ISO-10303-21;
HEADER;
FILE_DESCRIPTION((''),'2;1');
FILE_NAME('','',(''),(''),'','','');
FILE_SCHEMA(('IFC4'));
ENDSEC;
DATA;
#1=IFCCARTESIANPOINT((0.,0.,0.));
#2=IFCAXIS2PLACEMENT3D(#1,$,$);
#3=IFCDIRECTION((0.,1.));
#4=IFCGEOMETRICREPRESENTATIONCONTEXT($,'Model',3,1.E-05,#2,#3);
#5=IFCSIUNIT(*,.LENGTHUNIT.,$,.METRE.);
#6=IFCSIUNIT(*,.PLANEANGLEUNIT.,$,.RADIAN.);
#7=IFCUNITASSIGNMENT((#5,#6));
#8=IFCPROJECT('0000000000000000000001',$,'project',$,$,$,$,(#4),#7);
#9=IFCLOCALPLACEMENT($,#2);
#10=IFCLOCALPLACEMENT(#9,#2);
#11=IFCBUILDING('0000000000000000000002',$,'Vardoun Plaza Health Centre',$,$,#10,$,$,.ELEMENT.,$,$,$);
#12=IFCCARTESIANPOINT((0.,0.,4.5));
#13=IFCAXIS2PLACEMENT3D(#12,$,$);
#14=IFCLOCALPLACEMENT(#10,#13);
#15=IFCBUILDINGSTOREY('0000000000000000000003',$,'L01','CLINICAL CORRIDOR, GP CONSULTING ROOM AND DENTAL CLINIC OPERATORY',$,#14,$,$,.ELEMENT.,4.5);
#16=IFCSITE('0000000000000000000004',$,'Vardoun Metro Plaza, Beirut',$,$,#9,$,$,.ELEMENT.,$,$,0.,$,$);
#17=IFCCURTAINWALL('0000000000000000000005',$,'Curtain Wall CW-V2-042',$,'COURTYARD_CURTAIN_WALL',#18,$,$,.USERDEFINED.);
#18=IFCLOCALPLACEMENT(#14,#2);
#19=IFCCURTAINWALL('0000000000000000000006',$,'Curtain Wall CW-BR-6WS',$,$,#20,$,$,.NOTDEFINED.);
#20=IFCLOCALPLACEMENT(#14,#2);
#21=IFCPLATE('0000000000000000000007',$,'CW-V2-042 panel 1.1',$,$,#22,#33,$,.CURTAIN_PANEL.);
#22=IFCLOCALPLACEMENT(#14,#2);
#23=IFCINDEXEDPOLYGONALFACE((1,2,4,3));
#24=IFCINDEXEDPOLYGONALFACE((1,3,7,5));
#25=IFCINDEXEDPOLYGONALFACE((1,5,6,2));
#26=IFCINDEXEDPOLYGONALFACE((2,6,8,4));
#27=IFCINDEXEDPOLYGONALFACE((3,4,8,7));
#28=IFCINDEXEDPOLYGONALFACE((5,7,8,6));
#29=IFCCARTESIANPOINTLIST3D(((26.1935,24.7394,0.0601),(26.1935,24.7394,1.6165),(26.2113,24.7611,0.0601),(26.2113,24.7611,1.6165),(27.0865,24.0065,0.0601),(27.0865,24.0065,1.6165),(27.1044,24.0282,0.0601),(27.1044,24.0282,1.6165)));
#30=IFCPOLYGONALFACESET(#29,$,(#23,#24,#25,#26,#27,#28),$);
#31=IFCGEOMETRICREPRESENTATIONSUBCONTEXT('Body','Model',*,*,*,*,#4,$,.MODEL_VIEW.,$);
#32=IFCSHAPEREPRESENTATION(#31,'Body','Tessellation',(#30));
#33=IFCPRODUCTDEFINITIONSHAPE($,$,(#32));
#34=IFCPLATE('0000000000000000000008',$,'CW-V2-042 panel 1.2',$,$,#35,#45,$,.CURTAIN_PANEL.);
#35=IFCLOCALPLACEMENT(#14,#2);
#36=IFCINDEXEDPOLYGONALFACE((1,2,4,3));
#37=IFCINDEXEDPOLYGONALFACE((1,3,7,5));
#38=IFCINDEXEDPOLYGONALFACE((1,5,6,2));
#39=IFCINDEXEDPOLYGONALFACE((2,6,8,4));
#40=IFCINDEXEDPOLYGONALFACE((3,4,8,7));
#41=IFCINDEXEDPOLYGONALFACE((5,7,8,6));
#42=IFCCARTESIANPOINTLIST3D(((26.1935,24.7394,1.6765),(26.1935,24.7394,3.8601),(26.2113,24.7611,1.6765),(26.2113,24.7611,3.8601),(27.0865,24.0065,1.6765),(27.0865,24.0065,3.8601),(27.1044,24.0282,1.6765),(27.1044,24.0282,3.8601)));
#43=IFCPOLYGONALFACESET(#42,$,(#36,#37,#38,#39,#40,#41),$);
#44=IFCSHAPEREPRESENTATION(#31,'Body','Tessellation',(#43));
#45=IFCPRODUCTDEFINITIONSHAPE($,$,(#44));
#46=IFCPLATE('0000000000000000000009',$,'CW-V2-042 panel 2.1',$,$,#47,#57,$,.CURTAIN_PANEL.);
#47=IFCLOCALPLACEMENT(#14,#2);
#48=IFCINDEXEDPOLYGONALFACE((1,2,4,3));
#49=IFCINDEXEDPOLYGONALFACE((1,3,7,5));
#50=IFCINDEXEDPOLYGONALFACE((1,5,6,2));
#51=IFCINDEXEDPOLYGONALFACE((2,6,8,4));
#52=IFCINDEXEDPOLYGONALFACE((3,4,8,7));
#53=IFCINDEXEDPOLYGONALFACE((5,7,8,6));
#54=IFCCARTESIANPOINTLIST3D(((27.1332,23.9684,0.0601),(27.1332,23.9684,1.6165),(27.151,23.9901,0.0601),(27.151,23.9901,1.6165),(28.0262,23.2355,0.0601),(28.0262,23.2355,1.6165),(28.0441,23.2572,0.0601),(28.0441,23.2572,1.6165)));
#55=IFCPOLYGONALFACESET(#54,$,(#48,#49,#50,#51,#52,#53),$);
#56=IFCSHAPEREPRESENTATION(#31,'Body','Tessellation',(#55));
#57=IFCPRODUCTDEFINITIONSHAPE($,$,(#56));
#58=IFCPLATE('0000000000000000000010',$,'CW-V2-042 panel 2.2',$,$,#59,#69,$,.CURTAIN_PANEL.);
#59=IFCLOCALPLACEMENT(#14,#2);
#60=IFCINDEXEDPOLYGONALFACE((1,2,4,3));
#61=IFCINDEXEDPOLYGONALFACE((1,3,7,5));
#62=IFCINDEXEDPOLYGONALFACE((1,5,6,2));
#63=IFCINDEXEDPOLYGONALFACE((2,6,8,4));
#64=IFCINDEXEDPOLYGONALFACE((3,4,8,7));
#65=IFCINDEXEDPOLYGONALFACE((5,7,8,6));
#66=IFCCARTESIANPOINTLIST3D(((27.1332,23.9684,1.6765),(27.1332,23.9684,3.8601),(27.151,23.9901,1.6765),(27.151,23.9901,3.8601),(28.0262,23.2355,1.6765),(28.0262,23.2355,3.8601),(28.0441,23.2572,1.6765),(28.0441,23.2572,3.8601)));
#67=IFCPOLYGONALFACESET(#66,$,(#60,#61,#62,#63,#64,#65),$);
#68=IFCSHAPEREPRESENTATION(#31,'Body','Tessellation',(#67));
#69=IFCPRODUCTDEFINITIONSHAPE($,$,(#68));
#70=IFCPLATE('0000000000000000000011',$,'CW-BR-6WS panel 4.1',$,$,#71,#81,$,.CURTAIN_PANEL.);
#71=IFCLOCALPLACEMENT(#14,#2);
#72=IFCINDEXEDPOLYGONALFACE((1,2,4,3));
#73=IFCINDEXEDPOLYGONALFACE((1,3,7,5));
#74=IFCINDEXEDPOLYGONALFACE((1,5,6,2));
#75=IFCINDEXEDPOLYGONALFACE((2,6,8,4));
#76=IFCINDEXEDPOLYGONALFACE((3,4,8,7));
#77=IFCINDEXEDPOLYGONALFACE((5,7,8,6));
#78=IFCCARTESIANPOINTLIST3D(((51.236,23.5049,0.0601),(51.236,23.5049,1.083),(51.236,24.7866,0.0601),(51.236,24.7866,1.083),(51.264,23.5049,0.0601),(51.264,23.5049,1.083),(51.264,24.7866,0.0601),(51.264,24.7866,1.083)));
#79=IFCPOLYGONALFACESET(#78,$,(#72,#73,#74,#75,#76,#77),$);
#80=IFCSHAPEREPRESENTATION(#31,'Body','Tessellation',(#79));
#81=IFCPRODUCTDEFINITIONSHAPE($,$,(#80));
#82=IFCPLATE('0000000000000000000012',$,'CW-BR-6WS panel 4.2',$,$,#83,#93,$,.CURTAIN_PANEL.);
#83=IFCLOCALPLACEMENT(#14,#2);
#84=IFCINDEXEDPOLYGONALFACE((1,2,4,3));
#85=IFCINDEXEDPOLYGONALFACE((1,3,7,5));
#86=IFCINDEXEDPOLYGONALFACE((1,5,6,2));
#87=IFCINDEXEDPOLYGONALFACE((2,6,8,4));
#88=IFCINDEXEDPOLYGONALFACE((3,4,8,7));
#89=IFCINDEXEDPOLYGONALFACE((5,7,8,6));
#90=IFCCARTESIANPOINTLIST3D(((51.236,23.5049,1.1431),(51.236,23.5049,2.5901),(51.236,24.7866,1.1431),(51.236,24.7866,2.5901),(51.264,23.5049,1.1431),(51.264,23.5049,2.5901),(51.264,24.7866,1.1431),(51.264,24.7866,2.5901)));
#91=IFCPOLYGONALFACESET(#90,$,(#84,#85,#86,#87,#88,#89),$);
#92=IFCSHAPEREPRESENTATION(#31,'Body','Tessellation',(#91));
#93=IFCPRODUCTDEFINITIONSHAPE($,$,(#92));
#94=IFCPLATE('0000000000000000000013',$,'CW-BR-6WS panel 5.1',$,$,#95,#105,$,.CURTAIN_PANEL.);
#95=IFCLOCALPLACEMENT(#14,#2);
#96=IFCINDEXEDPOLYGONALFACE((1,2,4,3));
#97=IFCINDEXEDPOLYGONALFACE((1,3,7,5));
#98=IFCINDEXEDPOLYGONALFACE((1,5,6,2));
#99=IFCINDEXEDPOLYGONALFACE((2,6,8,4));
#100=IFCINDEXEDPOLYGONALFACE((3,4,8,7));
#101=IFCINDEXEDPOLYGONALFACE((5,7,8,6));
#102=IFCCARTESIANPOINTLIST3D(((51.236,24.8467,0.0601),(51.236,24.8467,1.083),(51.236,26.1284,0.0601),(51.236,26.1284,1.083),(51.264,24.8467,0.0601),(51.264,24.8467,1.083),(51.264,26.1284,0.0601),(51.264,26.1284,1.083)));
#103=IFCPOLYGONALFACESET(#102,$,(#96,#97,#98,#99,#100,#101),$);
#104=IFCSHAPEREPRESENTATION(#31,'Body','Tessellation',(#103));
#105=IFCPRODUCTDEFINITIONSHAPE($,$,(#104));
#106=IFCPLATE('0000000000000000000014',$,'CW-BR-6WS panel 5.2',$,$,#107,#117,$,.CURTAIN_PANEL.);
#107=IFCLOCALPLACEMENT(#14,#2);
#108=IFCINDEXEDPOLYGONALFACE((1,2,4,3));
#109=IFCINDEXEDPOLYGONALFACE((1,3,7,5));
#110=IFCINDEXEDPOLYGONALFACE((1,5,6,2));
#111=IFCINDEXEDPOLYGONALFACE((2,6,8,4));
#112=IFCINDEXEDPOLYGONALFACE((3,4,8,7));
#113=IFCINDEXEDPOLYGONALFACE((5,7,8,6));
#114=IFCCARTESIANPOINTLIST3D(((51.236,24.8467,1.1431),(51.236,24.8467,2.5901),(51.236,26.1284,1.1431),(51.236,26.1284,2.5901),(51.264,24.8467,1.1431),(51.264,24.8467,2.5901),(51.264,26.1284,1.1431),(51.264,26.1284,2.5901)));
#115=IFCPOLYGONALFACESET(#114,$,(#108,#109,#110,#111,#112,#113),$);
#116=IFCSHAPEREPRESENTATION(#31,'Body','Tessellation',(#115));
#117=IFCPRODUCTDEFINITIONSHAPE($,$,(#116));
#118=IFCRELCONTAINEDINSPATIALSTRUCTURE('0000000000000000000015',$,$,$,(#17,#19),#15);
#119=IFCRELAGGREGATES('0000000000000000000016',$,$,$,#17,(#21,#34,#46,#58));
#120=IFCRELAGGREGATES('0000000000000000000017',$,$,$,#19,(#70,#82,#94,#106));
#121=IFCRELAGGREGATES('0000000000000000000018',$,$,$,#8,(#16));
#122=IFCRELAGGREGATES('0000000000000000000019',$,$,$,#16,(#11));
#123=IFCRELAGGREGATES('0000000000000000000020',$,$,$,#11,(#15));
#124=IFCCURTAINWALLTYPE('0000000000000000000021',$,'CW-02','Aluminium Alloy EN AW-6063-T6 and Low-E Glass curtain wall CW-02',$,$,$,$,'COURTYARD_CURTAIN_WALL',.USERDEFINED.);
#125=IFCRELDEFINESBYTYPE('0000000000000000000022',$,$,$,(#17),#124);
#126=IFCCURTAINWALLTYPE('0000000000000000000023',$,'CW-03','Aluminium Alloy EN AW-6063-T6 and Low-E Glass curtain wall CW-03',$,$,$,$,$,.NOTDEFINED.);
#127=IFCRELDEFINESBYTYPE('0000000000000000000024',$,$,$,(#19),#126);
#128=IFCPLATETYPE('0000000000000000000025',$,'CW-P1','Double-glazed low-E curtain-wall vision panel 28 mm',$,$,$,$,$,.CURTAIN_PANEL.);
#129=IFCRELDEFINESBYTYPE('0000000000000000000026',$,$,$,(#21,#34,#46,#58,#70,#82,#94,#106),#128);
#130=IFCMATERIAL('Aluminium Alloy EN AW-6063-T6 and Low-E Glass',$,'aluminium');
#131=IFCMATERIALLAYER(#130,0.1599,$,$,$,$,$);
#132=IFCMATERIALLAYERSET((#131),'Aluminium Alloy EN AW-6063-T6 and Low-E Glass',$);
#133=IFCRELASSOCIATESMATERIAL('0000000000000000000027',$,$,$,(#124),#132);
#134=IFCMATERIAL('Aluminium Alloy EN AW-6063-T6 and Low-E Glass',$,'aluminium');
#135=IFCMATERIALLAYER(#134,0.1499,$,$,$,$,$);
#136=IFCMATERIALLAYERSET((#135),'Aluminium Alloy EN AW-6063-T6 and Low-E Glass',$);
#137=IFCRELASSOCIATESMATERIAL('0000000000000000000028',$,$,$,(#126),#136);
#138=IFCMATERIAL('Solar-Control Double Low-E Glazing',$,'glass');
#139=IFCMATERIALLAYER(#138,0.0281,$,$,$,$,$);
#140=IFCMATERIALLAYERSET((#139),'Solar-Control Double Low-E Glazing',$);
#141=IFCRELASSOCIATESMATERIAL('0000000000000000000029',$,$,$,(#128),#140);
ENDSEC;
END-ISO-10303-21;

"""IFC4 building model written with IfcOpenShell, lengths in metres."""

from ifc_helpers import new_model, si_unit, direction, frame, origin, origin_2d, place, context, subcontext, project, spatial, rectangle, extrude, material, layer, layer_set, type_object, element, aggregate, save


model = new_model("IFC4")

# Units and contexts
model_context = context("Model", 3, precision=1e-05, world=origin(), true_north=direction((0.0, 1.0)))
body_context = subcontext(model_context, "Body", "Model", "MODEL_VIEW")
ifc_project = project(units=[si_unit("LENGTHUNIT", "METRE"), si_unit("PLANEANGLEUNIT", "RADIAN")], contexts=[model_context])

# Site, building, storey
site_placement = place(None, origin())
site = spatial("IfcSite", under=ifc_project, at=site_placement, Name="Vardoun Metro Plaza, Beirut", CompositionType="ELEMENT", RefElevation=0.0)
building_placement = place(site_placement, origin())
building = spatial("IfcBuilding", under=site, at=building_placement, Name="Vardoun Plaza Health Centre", CompositionType="ELEMENT")
storey_placement = place(building_placement, frame((0.0, 0.0, 4.5)))
storey = spatial("IfcBuildingStorey", under=building, at=storey_placement, Name="L01", Description="CLINICAL CORRIDOR, GP CONSULTING ROOM AND DENTAL CLINIC OPERATORY", CompositionType="ELEMENT", Elevation=4.5)

# Curtain wall
ifc_material_1 = material(Name="Aluminium Alloy EN AW-6063-T6 and Low-E Glass", Category="aluminium")
ifc_layer_1 = layer(ifc_material_1, 0.1599)
ifc_layer_set_1 = layer_set([ifc_layer_1], Name="Aluminium Alloy EN AW-6063-T6 and Low-E Glass")
curtain_wall_type_1 = type_object("IfcCurtainWallType", Name="CW-02", Description="Aluminium Alloy EN AW-6063-T6 and Low-E Glass curtain wall CW-02", ElementType="COURTYARD_CURTAIN_WALL", PredefinedType="USERDEFINED", material=ifc_layer_set_1)
curtain_wall_1_placement = place(storey_placement, origin())
curtain_wall_1 = element("IfcCurtainWall", 1, at=curtain_wall_1_placement, inside=storey, type_object=curtain_wall_type_1, Name="Curtain Wall CW-V2-042", ObjectType="COURTYARD_CURTAIN_WALL", PredefinedType="USERDEFINED")

# Curtain wall
ifc_material_2 = material(Name="Aluminium Alloy EN AW-6063-T6 and Low-E Glass", Category="aluminium")
ifc_layer_2 = layer(ifc_material_2, 0.1499)
ifc_layer_set_2 = layer_set([ifc_layer_2], Name="Aluminium Alloy EN AW-6063-T6 and Low-E Glass")
curtain_wall_type_2 = type_object("IfcCurtainWallType", Name="CW-03", Description="Aluminium Alloy EN AW-6063-T6 and Low-E Glass curtain wall CW-03", PredefinedType="NOTDEFINED", material=ifc_layer_set_2)
curtain_wall_2_placement = place(storey_placement, origin())
curtain_wall_2 = element("IfcCurtainWall", 2, at=curtain_wall_2_placement, inside=storey, type_object=curtain_wall_type_2, Name="Curtain Wall CW-BR-6WS", PredefinedType="NOTDEFINED")

# Plates
ifc_material_3 = material(Name="Solar-Control Double Low-E Glazing", Category="glass")
ifc_layer_3 = layer(ifc_material_3, 0.0281)
ifc_layer_set_3 = layer_set([ifc_layer_3], Name="Solar-Control Double Low-E Glazing")
plate_type = type_object("IfcPlateType", Name="CW-P1", Description="Double-glazed low-E curtain-wall vision panel 28 mm", PredefinedType="CURTAIN_PANEL", material=ifc_layer_set_3)
plate_1_placement = place(storey_placement, frame((26.6489, 24.3838, 0.0601), z_axis=(0.0, 0.0, 1.0), x_axis=(0.773017, -0.634385, 0.0)))
plate_1 = element("IfcPlate", 3, at=plate_1_placement, type_object=plate_type, Name="CW-V2-042 panel 1.1", PredefinedType="CURTAIN_PANEL", context=body_context, shape_type="SweptSolid", body=[
    extrude(rectangle(XDim=1.1553, YDim=0.0281, at=origin_2d()), origin(), (0.0, 0.0, 1.0), 1.5564),
])
plate_2_placement = place(storey_placement, frame((26.6489, 24.3838, 1.6765), z_axis=(0.0, 0.0, 1.0), x_axis=(0.773017, -0.634385, 0.0)))
plate_2 = element("IfcPlate", 4, at=plate_2_placement, type_object=plate_type, Name="CW-V2-042 panel 1.2", PredefinedType="CURTAIN_PANEL", context=body_context, shape_type="SweptSolid", body=[
    extrude(rectangle(XDim=1.1553, YDim=0.0281, at=origin_2d()), origin(), (0.0, 0.0, 1.0), 2.1836),
])
plate_3_placement = place(storey_placement, frame((27.5886, 23.6128, 0.0601), z_axis=(0.0, 0.0, 1.0), x_axis=(0.773017, -0.634385, 0.0)))
plate_3 = element("IfcPlate", 5, at=plate_3_placement, type_object=plate_type, Name="CW-V2-042 panel 2.1", PredefinedType="CURTAIN_PANEL", context=body_context, shape_type="SweptSolid", body=[
    extrude(rectangle(XDim=1.1553, YDim=0.0281, at=origin_2d()), origin(), (0.0, 0.0, 1.0), 1.5564),
])
plate_4_placement = place(storey_placement, frame((27.5886, 23.6128, 1.6765), z_axis=(0.0, 0.0, 1.0), x_axis=(0.773017, -0.634385, 0.0)))
plate_4 = element("IfcPlate", 6, at=plate_4_placement, type_object=plate_type, Name="CW-V2-042 panel 2.2", PredefinedType="CURTAIN_PANEL", context=body_context, shape_type="SweptSolid", body=[
    extrude(rectangle(XDim=1.1553, YDim=0.0281, at=origin_2d()), origin(), (0.0, 0.0, 1.0), 2.1836),
])
aggregate(curtain_wall_1, [plate_1, plate_2, plate_3, plate_4])
plate_5_placement = place(storey_placement, frame((51.25, 24.1458, 0.0601), z_axis=(0.0, 0.0, 1.0), x_axis=(0.0, 1.0, 0.0)))
plate_5 = element("IfcPlate", 7, at=plate_5_placement, type_object=plate_type, Name="CW-BR-6WS panel 4.1", PredefinedType="CURTAIN_PANEL", context=body_context, shape_type="SweptSolid", body=[
    extrude(rectangle(XDim=1.2817, YDim=0.0281, at=origin_2d()), origin(), (0.0, 0.0, 1.0), 1.0229),
])
plate_6_placement = place(storey_placement, frame((51.25, 24.1458, 1.1431), z_axis=(0.0, 0.0, 1.0), x_axis=(0.0, 1.0, 0.0)))
plate_6 = element("IfcPlate", 8, at=plate_6_placement, type_object=plate_type, Name="CW-BR-6WS panel 4.2", PredefinedType="CURTAIN_PANEL", context=body_context, shape_type="SweptSolid", body=[
    extrude(rectangle(XDim=1.2817, YDim=0.0281, at=origin_2d()), origin(), (0.0, 0.0, 1.0), 1.447),
])
plate_7_placement = place(storey_placement, frame((51.25, 25.4875, 0.0601), z_axis=(0.0, 0.0, 1.0), x_axis=(0.0, 1.0, 0.0)))
plate_7 = element("IfcPlate", 9, at=plate_7_placement, type_object=plate_type, Name="CW-BR-6WS panel 5.1", PredefinedType="CURTAIN_PANEL", context=body_context, shape_type="SweptSolid", body=[
    extrude(rectangle(XDim=1.2817, YDim=0.0281, at=origin_2d()), origin(), (0.0, 0.0, 1.0), 1.0229),
])
plate_8_placement = place(storey_placement, frame((51.25, 25.4875, 1.1431), z_axis=(0.0, 0.0, 1.0), x_axis=(0.0, 1.0, 0.0)))
plate_8 = element("IfcPlate", 10, at=plate_8_placement, type_object=plate_type, Name="CW-BR-6WS panel 5.2", PredefinedType="CURTAIN_PANEL", context=body_context, shape_type="SweptSolid", body=[
    extrude(rectangle(XDim=1.2817, YDim=0.0281, at=origin_2d()), origin(), (0.0, 0.0, 1.0), 1.447),
])
aggregate(curtain_wall_2, [plate_5, plate_6, plate_7, plate_8])

save(model, "model.ifc")
